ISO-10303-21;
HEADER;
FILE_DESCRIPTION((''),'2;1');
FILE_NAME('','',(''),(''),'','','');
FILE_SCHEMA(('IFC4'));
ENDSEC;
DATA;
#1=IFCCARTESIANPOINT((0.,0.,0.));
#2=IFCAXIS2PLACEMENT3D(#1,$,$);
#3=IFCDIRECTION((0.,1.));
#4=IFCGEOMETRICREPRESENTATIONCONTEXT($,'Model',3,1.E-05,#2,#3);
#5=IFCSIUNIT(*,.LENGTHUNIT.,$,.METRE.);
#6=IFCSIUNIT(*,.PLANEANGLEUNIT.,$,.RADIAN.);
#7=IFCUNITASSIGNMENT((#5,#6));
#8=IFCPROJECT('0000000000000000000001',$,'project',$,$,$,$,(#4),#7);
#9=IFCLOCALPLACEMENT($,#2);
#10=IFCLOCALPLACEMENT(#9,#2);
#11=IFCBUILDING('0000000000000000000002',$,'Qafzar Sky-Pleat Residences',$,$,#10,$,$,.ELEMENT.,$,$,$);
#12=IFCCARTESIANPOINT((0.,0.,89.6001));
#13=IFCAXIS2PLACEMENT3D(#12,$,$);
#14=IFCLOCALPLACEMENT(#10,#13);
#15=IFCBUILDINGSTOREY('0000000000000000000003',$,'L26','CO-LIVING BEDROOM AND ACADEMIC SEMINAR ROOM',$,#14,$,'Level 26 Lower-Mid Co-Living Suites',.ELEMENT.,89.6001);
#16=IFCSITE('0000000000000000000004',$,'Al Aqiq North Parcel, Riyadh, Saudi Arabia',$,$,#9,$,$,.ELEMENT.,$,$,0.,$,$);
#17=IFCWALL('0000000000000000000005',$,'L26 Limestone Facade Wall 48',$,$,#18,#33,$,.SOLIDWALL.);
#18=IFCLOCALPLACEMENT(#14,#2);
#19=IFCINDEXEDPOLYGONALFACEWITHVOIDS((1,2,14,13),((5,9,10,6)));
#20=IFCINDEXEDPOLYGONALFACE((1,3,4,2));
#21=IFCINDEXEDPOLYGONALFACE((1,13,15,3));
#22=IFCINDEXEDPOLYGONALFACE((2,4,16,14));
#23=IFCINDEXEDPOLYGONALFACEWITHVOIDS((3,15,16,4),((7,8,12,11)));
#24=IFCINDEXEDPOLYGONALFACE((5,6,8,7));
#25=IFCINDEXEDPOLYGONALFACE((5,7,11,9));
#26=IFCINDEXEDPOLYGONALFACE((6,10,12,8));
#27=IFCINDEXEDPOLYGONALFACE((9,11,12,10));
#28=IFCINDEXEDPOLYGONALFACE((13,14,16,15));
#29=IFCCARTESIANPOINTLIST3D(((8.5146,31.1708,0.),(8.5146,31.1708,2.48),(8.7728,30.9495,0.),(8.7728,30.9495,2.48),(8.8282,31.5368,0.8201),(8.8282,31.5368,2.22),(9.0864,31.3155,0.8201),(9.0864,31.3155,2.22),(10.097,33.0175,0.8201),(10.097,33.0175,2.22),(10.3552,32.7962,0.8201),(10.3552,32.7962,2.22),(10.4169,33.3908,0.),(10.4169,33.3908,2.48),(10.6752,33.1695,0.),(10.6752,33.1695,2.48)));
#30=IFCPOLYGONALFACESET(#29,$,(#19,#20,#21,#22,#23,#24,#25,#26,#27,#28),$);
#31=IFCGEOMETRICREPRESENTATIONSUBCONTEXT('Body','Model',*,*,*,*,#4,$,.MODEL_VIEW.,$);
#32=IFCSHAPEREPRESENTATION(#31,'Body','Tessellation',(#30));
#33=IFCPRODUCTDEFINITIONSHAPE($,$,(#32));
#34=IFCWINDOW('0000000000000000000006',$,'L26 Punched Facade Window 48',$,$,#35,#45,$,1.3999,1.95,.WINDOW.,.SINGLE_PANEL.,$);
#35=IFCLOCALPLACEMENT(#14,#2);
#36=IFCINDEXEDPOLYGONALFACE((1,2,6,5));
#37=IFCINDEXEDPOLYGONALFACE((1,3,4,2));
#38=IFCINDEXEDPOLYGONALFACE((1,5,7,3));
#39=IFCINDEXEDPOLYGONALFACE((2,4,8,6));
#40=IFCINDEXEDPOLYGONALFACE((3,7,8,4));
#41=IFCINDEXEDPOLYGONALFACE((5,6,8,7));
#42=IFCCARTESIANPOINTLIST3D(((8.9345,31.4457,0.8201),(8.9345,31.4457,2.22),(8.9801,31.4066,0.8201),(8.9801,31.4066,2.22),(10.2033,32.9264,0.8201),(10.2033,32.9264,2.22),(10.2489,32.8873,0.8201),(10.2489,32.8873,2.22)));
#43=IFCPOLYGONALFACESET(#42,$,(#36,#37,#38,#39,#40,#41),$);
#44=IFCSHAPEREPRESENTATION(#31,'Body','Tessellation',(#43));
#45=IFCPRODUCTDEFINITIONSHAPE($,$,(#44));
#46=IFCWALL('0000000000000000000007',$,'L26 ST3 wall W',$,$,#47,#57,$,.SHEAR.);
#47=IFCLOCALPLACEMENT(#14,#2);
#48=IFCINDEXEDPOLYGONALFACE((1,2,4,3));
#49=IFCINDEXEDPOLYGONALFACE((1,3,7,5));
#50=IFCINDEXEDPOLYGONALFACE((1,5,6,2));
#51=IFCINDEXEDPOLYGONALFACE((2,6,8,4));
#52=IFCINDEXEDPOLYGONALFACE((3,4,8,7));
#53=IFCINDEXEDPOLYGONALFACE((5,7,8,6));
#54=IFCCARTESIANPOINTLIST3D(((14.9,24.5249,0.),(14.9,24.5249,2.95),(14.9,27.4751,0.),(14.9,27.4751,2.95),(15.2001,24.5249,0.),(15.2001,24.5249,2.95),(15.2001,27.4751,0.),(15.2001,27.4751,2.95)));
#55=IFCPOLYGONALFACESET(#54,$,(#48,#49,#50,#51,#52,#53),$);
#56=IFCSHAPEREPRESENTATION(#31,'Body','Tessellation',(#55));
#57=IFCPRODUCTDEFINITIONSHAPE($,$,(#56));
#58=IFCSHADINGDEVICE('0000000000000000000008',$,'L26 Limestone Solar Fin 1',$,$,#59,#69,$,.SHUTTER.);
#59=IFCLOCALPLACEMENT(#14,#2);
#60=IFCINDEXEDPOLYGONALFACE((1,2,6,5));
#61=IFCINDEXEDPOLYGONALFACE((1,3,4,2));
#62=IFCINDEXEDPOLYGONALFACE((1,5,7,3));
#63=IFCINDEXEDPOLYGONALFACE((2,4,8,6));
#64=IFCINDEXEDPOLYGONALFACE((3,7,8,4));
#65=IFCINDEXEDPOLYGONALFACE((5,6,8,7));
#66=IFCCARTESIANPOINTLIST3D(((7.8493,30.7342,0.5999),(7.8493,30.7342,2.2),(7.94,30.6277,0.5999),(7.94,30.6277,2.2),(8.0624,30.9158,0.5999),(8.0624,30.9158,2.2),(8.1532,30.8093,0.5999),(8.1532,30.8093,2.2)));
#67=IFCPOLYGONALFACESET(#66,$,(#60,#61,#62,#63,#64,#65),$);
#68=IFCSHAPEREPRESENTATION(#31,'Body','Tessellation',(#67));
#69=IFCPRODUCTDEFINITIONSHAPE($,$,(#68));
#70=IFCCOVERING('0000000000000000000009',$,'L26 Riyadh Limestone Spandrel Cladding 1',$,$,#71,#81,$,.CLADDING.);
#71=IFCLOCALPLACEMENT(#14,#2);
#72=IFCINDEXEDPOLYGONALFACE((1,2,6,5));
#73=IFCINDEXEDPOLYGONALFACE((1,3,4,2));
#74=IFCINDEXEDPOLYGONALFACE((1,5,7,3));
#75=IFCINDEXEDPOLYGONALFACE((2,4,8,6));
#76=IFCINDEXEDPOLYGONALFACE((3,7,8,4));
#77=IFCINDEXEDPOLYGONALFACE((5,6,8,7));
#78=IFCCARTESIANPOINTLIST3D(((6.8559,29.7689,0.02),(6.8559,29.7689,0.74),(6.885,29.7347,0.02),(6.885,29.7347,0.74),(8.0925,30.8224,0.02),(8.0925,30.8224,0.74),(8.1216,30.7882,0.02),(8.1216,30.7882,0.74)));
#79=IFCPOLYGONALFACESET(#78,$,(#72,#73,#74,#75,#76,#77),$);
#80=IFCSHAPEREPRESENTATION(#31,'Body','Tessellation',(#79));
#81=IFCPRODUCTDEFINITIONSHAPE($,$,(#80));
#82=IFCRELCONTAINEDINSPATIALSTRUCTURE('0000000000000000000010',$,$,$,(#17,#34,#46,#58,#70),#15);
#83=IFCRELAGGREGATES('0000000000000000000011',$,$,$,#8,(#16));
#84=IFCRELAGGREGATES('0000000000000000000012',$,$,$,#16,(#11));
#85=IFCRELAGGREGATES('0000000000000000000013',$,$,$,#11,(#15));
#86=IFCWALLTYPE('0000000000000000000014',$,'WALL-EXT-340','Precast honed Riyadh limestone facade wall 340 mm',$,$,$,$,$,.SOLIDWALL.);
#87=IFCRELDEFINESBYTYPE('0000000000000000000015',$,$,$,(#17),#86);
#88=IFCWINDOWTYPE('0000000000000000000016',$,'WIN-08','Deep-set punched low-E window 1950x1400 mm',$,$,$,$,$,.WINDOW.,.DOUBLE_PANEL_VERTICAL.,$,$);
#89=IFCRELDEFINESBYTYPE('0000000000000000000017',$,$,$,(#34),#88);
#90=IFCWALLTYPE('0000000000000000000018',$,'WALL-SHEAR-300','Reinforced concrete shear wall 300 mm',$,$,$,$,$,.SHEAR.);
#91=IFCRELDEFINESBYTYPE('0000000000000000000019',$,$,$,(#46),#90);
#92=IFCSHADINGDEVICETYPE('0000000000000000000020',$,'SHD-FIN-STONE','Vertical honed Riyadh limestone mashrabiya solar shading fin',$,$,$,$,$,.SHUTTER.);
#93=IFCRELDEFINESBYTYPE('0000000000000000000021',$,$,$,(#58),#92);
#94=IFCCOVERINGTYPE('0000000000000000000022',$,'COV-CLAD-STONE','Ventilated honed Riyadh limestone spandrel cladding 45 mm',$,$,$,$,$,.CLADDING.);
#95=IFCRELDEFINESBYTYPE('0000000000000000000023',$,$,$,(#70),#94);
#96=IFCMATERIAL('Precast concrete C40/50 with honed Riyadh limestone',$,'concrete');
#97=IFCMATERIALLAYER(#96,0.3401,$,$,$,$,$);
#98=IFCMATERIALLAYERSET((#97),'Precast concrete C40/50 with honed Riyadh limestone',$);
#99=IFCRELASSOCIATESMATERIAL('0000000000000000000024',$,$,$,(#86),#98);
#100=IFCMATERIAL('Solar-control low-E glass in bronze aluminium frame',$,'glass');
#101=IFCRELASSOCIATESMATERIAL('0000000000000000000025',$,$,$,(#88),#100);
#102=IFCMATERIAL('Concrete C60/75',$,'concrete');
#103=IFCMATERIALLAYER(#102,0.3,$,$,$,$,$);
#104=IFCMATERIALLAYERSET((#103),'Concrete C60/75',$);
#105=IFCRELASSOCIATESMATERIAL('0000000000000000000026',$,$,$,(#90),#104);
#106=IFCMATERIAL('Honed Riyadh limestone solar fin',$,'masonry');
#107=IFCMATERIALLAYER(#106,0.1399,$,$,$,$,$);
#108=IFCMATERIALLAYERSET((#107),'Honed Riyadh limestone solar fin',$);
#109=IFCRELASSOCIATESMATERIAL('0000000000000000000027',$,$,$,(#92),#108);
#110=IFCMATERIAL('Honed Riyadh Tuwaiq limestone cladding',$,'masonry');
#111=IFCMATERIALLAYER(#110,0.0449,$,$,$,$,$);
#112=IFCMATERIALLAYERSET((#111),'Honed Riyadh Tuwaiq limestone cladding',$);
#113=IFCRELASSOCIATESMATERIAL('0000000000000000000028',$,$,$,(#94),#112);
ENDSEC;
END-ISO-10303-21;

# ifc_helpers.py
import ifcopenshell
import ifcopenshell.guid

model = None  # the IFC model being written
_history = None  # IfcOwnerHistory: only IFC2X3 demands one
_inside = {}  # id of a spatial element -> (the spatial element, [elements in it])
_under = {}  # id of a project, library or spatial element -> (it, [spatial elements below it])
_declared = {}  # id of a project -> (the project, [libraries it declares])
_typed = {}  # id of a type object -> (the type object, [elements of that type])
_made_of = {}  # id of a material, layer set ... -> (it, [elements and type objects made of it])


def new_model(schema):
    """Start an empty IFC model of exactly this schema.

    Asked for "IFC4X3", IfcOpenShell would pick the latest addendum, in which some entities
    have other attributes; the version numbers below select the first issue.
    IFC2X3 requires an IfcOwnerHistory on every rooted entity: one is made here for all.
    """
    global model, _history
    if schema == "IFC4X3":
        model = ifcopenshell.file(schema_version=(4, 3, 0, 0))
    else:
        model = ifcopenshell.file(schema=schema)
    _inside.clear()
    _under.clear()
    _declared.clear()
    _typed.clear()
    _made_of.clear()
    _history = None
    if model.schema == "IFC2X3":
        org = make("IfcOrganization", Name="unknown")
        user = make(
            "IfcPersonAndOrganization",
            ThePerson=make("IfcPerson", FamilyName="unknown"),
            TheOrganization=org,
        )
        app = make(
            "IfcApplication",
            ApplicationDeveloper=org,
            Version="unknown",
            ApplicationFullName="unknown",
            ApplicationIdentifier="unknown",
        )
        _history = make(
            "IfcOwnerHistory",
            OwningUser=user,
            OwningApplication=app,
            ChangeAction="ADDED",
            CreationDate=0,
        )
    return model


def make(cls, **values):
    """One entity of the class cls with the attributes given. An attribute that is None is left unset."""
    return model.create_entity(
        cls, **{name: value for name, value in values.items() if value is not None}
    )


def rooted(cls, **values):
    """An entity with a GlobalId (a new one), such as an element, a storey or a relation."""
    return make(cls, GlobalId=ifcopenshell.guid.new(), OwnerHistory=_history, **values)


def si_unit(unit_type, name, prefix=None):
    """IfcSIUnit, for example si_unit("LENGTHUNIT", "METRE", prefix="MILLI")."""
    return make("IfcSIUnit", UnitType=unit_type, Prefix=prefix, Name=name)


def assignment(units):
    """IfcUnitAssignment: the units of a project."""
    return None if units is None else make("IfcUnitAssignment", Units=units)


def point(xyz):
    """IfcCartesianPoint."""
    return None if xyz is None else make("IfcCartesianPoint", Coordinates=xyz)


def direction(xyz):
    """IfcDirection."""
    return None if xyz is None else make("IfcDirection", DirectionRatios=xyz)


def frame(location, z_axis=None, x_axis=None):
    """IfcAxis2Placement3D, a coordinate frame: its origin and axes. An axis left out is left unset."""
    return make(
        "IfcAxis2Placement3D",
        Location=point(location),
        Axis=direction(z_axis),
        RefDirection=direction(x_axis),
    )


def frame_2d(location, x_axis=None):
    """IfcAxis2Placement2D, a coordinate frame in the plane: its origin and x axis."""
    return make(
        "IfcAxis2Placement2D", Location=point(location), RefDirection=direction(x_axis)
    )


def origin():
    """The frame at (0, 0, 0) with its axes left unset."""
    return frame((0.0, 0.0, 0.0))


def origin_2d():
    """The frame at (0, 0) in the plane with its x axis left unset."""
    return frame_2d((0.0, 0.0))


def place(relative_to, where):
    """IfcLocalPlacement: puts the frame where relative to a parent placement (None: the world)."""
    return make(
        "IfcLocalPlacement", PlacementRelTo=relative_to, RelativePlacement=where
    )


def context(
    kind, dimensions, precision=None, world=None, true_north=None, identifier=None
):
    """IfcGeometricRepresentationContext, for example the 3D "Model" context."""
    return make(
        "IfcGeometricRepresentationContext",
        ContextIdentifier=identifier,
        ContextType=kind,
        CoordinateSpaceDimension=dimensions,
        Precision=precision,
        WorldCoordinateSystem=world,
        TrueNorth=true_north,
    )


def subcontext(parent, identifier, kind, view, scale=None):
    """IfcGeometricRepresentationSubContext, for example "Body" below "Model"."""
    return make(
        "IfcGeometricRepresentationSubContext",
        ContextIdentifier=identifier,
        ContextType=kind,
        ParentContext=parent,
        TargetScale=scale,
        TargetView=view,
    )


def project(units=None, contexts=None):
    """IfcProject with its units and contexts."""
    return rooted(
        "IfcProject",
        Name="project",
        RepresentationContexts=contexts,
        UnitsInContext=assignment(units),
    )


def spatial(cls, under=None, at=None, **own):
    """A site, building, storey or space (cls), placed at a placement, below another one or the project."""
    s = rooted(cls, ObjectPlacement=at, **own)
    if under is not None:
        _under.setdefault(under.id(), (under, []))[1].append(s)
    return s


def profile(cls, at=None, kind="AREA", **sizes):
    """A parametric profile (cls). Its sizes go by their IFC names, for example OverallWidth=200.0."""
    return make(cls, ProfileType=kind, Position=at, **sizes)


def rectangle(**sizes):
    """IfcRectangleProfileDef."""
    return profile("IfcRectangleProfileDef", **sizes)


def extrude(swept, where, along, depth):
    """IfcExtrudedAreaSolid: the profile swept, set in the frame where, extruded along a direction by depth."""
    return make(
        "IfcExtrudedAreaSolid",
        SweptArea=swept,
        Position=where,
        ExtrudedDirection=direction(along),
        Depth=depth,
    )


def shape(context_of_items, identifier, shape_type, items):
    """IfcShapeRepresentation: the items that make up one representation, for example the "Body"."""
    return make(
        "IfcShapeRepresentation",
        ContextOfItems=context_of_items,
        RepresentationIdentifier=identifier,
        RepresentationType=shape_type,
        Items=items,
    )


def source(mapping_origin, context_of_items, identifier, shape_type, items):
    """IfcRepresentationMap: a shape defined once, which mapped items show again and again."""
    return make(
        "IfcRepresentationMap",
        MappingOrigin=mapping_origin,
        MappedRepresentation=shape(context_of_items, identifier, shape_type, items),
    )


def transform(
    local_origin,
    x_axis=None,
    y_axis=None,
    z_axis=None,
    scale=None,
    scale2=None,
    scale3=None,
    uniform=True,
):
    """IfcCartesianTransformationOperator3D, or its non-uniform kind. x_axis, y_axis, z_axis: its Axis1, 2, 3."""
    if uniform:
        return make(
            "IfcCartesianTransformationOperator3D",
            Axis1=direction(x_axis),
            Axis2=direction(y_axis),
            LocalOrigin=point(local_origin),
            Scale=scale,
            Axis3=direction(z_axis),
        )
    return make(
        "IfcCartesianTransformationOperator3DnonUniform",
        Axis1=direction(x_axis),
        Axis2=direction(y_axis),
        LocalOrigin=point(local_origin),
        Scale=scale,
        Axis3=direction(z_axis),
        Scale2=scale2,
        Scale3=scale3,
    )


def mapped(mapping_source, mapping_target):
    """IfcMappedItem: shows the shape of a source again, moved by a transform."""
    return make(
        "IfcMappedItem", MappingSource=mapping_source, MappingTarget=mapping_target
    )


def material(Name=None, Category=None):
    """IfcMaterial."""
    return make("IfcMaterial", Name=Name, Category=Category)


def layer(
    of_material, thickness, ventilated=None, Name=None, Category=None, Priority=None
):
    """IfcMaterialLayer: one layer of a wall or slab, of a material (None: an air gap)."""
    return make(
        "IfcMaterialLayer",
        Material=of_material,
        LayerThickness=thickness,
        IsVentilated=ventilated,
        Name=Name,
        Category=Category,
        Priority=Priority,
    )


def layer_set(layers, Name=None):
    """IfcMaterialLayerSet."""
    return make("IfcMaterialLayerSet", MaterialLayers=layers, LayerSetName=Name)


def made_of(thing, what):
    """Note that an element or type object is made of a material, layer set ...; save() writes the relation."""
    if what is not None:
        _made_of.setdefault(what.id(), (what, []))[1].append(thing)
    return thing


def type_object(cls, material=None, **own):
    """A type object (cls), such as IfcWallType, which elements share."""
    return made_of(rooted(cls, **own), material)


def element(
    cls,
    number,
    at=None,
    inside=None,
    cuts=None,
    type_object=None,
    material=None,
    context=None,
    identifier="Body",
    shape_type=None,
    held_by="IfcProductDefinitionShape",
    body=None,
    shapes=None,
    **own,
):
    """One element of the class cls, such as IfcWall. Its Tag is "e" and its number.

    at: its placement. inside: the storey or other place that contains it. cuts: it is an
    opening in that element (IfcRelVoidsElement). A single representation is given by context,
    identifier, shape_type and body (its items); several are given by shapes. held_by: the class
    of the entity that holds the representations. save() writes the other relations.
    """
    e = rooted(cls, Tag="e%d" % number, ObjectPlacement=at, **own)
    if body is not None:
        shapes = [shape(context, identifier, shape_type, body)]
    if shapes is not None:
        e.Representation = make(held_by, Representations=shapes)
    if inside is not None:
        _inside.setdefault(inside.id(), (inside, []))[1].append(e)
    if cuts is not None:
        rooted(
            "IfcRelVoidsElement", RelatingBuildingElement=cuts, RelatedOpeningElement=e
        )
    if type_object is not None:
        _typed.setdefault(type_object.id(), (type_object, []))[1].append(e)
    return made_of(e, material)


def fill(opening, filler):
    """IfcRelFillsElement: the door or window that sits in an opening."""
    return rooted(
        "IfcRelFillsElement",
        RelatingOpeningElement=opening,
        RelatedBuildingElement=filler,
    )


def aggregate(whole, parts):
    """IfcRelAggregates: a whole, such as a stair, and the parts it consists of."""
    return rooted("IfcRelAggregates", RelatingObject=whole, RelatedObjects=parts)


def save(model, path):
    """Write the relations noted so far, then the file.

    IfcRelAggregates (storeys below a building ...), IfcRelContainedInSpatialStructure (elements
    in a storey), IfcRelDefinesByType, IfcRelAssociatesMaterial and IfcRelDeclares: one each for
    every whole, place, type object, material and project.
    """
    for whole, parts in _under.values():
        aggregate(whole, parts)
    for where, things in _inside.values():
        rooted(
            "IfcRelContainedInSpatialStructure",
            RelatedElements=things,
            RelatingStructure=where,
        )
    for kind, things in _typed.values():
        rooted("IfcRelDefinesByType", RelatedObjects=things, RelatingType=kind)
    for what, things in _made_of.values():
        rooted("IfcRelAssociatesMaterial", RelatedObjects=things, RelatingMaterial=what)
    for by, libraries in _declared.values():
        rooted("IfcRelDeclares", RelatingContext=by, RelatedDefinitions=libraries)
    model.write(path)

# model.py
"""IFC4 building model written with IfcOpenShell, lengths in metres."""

from ifc_helpers import new_model, si_unit, direction, frame, frame_2d, origin, origin_2d, place, context, subcontext, project, spatial, rectangle, extrude, source, transform, mapped, material, layer, layer_set, type_object, element, fill, save


model = new_model("IFC4")

# Units and contexts
model_context = context("Model", 3, precision=1e-05, world=origin(), true_north=direction((0.0, 1.0)))
body_context = subcontext(model_context, "Body", "Model", "MODEL_VIEW")
ifc_project = project(units=[si_unit("LENGTHUNIT", "METRE"), si_unit("PLANEANGLEUNIT", "RADIAN")], contexts=[model_context])

# Site, building, storey
site_placement = place(None, origin())
site = spatial("IfcSite", under=ifc_project, at=site_placement, Name="Al Aqiq North Parcel, Riyadh, Saudi Arabia", CompositionType="ELEMENT", RefElevation=0.0)
building_placement = place(site_placement, origin())
building = spatial("IfcBuilding", under=site, at=building_placement, Name="Qafzar Sky-Pleat Residences", CompositionType="ELEMENT")
storey_placement = place(building_placement, frame((0.0, 0.0, 89.6001)))
storey = spatial("IfcBuildingStorey", under=building, at=storey_placement, Name="L26", Description="CO-LIVING BEDROOM AND ACADEMIC SEMINAR ROOM", LongName="Level 26 Lower-Mid Co-Living Suites", CompositionType="ELEMENT", Elevation=89.6001)

# Shared definitions
ifc_material_1 = material(Name="Concrete C60/75", Category="concrete")

# Shared definitions
ifc_material_2 = material(Name="Precast concrete C40/50 with honed Riyadh limestone", Category="concrete")
ifc_layer_1 = layer(ifc_material_2, 0.3401)
ifc_layer_set_1 = layer_set([ifc_layer_1], Name="Precast concrete C40/50 with honed Riyadh limestone")
wall_type_1 = type_object("IfcWallType", Name="WALL-EXT-340", Description="Precast honed Riyadh limestone facade wall 340 mm", PredefinedType="SOLIDWALL", material=ifc_layer_set_1)
ifc_material_3 = material(Name="Solar-control low-E glass in bronze aluminium frame", Category="glass")

# Wall, opening, window
wall_1_placement = place(storey_placement, frame((10.5461, 33.2803, 0.0), z_axis=(0.0, 0.0, 1.0), x_axis=(-0.650695, -0.759339, 0.0)))
wall_1 = element("IfcWall", 1, at=wall_1_placement, inside=storey, type_object=wall_type_1, Name="L26 Limestone Facade Wall 48", PredefinedType="SOLIDWALL", context=body_context, shape_type="SweptSolid", body=[
    extrude(rectangle(XDim=2.9236, YDim=0.3401, at=frame_2d((1.4619, 0.0))), origin(), (0.0, 0.0, 1.0), 2.48),
])
opening_1_placement = place(wall_1_placement, frame((0.4917, 0.0, 0.8201)))
opening_1 = element("IfcOpeningElement", 2, at=opening_1_placement, cuts=wall_1, PredefinedType="OPENING", context=body_context, shape_type="SweptSolid", body=[
    extrude(rectangle(XDim=1.95, YDim=1.3999, at=frame_2d((0.9751, 0.7))), frame((0.0, 0.1802, 0.0), z_axis=(0.0, -1.0, 0.0), x_axis=(1.0, 0.0, 0.0)), (0.0, 0.0, 1.0), 0.3601),
])
window_type_1 = type_object("IfcWindowType", Name="WIN-08", Description="Deep-set punched low-E window 1950x1400 mm", PartitioningType="DOUBLE_PANEL_VERTICAL", PredefinedType="WINDOW", material=ifc_material_3)
shared_shape_1 = source(origin(), body_context, "Body", "SweptSolid", [
    extrude(rectangle(XDim=1.95, YDim=1.3999, at=frame_2d((0.9751, 0.7))), frame((0.0, 0.03, 0.0), z_axis=(0.0, -1.0, 0.0), x_axis=(1.0, 0.0, 0.0)), (0.0, 0.0, 1.0), 0.0601),
])
window_1_placement = place(opening_1_placement, origin())
window_1 = element("IfcWindow", 3, at=window_1_placement, inside=storey, type_object=window_type_1, Name="L26 Punched Facade Window 48", OverallHeight=1.3999, OverallWidth=1.95, PartitioningType="SINGLE_PANEL", PredefinedType="WINDOW", context=body_context, shape_type="MappedRepresentation", body=[
    mapped(shared_shape_1, transform((0.0, 0.0, 0.0), x_axis=(1.0, 0.0, 0.0), y_axis=(0.0, 1.0, 0.0), z_axis=(0.0, 0.0, 1.0), scale=1.0)),
])
fill(opening_1, window_1)

# Wall
ifc_layer_2 = layer(ifc_material_1, 0.3)
ifc_layer_set_2 = layer_set([ifc_layer_2], Name="Concrete C60/75")
wall_type_2 = type_object("IfcWallType", Name="WALL-SHEAR-300", Description="Reinforced concrete shear wall 300 mm", PredefinedType="SHEAR", material=ifc_layer_set_2)
wall_2_placement = place(storey_placement, frame((15.05, 27.4751, 0.0), z_axis=(0.0, 0.0, 1.0), x_axis=(0.0, -1.0, 0.0)))
element("IfcWall", 4, at=wall_2_placement, inside=storey, type_object=wall_type_2, Name="L26 ST3 wall W", PredefinedType="SHEAR", context=body_context, shape_type="SweptSolid", body=[
    extrude(rectangle(XDim=2.9502, YDim=0.3, at=frame_2d((1.4751, 0.0))), origin(), (0.0, 0.0, 1.0), 2.95),
])

# Shading device
ifc_material_4 = material(Name="Honed Riyadh limestone solar fin", Category="masonry")
ifc_layer_3 = layer(ifc_material_4, 0.1399)
ifc_layer_set_3 = layer_set([ifc_layer_3], Name="Honed Riyadh limestone solar fin")
shading_device_type = type_object("IfcShadingDeviceType", Name="SHD-FIN-STONE", Description="Vertical honed Riyadh limestone mashrabiya solar shading fin", PredefinedType="SHUTTER", material=ifc_layer_set_3)
shared_shape_2 = source(origin(), body_context, "Body", "SweptSolid", [
    extrude(rectangle(XDim=0.1399, YDim=0.28, at=origin_2d()), origin(), (0.0, 0.0, 1.0), 1.6001),
])
shading_device_placement = place(storey_placement, frame((8.0012, 30.7717, 0.5999), z_axis=(0.0, 0.0, 1.0), x_axis=(-0.648554, 0.761169, 0.0)))
element("IfcShadingDevice", 5, at=shading_device_placement, inside=storey, type_object=shading_device_type, Name="L26 Limestone Solar Fin 1", PredefinedType="SHUTTER", context=body_context, shape_type="MappedRepresentation", body=[
    mapped(shared_shape_2, transform((0.0, 0.0, 0.0), x_axis=(1.0, 0.0, 0.0), y_axis=(0.0, 1.0, 0.0), z_axis=(0.0, 0.0, 1.0), scale=1.0)),
])

# Covering
ifc_material_5 = material(Name="Honed Riyadh Tuwaiq limestone cladding", Category="masonry")
ifc_layer_4 = layer(ifc_material_5, 0.0449)
ifc_layer_set_4 = layer_set([ifc_layer_4], Name="Honed Riyadh Tuwaiq limestone cladding")
covering_type = type_object("IfcCoveringType", Name="COV-CLAD-STONE", Description="Ventilated honed Riyadh limestone spandrel cladding 45 mm", PredefinedType="CLADDING", material=ifc_layer_set_4)
shared_shape_3 = source(origin(), body_context, "Body", "SweptSolid", [
    extrude(rectangle(XDim=1.6245, YDim=0.0449, at=origin_2d()), origin(), (0.0, 0.0, 1.0), 0.72),
])
covering_placement = place(storey_placement, frame((7.4888, 30.2786, 0.02), z_axis=(0.0, 0.0, 1.0), x_axis=(-0.761201, -0.648516, 0.0)))
element("IfcCovering", 6, at=covering_placement, inside=storey, type_object=covering_type, Name="L26 Riyadh Limestone Spandrel Cladding 1", PredefinedType="CLADDING", context=body_context, shape_type="MappedRepresentation", body=[
    mapped(shared_shape_3, transform((0.0, 0.0, 0.0), x_axis=(1.0, 0.0, 0.0), y_axis=(0.0, 1.0, 0.0), z_axis=(0.0, 0.0, 1.0), scale=1.0)),
])

save(model, "model.ifc")
